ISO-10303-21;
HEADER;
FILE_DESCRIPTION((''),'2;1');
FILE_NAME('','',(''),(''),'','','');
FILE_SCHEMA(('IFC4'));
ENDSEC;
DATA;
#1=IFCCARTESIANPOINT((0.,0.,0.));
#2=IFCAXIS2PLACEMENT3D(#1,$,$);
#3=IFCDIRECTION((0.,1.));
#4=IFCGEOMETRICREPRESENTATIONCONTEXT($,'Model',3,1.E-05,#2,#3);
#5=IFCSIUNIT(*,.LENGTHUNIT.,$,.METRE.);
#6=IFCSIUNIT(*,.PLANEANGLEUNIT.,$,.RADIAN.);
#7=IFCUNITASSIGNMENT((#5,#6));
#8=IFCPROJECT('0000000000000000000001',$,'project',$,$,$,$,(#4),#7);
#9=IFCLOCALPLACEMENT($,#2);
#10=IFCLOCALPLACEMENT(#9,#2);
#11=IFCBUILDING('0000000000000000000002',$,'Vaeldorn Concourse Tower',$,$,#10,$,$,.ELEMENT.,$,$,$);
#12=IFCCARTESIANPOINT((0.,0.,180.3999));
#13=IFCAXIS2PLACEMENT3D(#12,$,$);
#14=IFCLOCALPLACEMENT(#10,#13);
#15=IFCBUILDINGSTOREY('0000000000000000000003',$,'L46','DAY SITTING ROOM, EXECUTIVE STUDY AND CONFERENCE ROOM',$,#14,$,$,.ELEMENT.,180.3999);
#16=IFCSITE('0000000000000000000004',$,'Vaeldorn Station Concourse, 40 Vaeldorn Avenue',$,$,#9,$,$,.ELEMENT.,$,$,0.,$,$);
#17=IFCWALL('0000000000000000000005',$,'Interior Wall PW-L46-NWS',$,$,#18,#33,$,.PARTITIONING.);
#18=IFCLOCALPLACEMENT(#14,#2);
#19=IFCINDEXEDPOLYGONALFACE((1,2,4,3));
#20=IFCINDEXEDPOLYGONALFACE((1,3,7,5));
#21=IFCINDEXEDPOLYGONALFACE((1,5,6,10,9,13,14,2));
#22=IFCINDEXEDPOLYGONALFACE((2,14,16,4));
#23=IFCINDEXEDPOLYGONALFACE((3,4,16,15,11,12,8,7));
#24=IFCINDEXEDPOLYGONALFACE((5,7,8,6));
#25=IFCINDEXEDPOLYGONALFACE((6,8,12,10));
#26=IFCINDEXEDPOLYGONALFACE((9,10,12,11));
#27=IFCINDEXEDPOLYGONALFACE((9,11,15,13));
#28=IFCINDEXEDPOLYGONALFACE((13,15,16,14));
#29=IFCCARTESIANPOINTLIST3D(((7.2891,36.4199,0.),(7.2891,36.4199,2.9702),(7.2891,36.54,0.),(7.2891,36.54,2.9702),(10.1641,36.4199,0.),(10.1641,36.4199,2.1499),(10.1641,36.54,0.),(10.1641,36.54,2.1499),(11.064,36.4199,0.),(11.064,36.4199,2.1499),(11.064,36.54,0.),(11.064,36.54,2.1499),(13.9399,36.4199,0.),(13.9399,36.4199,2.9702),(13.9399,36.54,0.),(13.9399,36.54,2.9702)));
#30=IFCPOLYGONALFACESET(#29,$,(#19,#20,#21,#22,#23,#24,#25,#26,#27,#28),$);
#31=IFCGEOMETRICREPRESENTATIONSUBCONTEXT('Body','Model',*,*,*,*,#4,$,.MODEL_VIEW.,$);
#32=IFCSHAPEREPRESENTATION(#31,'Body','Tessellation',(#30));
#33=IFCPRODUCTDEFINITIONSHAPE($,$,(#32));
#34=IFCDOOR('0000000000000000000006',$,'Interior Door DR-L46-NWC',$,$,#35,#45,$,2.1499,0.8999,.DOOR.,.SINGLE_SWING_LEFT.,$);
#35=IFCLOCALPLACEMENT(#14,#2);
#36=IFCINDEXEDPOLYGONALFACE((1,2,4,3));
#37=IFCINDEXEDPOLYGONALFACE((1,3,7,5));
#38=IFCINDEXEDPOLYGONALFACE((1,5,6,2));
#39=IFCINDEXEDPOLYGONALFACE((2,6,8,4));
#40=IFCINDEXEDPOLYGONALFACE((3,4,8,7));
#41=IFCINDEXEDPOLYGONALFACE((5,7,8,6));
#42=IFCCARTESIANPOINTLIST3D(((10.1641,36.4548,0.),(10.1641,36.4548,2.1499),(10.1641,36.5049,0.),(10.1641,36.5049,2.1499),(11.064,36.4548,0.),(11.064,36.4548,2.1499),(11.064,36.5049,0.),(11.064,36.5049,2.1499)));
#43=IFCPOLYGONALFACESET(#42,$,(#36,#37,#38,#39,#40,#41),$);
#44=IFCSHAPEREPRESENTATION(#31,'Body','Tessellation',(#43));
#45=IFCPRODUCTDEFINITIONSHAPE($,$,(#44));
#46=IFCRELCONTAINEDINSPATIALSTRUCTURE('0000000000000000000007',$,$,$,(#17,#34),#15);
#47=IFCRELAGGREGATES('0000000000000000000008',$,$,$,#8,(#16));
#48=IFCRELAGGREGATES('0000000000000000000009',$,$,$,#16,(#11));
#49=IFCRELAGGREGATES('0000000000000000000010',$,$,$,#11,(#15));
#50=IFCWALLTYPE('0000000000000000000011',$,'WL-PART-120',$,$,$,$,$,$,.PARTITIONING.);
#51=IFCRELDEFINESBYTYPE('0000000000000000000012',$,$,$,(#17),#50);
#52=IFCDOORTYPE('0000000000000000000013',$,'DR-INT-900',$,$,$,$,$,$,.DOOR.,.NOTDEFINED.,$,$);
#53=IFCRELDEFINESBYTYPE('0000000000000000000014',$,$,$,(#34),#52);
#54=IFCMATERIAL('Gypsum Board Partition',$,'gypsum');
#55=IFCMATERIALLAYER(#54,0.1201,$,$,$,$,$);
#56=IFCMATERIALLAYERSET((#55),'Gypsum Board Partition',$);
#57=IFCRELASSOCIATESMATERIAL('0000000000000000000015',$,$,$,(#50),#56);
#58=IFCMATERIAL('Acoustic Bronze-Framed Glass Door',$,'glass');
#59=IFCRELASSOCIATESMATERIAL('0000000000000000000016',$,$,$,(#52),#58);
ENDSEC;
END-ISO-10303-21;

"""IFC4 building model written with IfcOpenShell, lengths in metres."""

from ifc_helpers import new_model, si_unit, direction, frame, frame_2d, origin, place, context, subcontext, project, spatial, rectangle, extrude, source, transform, mapped, material, layer, layer_set, type_object, element, fill, save


model = new_model("IFC4")

# Units and contexts
model_context = context("Model", 3, precision=1e-05, world=origin(), true_north=direction((0.0, 1.0)))
body_context = subcontext(model_context, "Body", "Model", "MODEL_VIEW")
ifc_project = project(units=[si_unit("LENGTHUNIT", "METRE"), si_unit("PLANEANGLEUNIT", "RADIAN")], contexts=[model_context])

# Site, building, storey
site_placement = place(None, origin())
site = spatial("IfcSite", under=ifc_project, at=site_placement, Name="Vaeldorn Station Concourse, 40 Vaeldorn Avenue", CompositionType="ELEMENT", RefElevation=0.0)
building_placement = place(site_placement, origin())
building = spatial("IfcBuilding", under=site, at=building_placement, Name="Vaeldorn Concourse Tower", CompositionType="ELEMENT")
storey_placement = place(building_placement, frame((0.0, 0.0, 180.3999)))
storey = spatial("IfcBuildingStorey", under=building, at=storey_placement, Name="L46", Description="DAY SITTING ROOM, EXECUTIVE STUDY AND CONFERENCE ROOM", CompositionType="ELEMENT", Elevation=180.3999)

# Shared definitions
ifc_material_1 = material(Name="Gypsum Board Partition", Category="gypsum")
ifc_layer_1 = layer(ifc_material_1, 0.1201)
ifc_layer_set_1 = layer_set([ifc_layer_1], Name="Gypsum Board Partition")
wall_type_1 = type_object("IfcWallType", Name="WL-PART-120", PredefinedType="PARTITIONING", material=ifc_layer_set_1)
ifc_material_2 = material(Name="Acoustic Bronze-Framed Glass Door", Category="glass")
door_type = type_object("IfcDoorType", Name="DR-INT-900", OperationType="NOTDEFINED", PredefinedType="DOOR", material=ifc_material_2)
shared_shape_1 = source(origin(), body_context, "Body", "SweptSolid", [
    extrude(rectangle(XDim=0.8999, YDim=2.1499, at=frame_2d((0.45, 1.075))), frame((0.0, 0.0249, 0.0), z_axis=(0.0, -1.0, 0.0), x_axis=(1.0, 0.0, 0.0)), (0.0, 0.0, 1.0), 0.05),
])

# Wall, opening, door
wall_1_placement = place(storey_placement, frame((7.2891, 36.48, 0.0), z_axis=(0.0, 0.0, 1.0), x_axis=(1.0, 0.0, 0.0)))
wall_1 = element("IfcWall", 1, at=wall_1_placement, inside=storey, type_object=wall_type_1, Name="Interior Wall PW-L46-NWS", PredefinedType="PARTITIONING", context=body_context, shape_type="SweptSolid", body=[
    extrude(rectangle(XDim=6.6509, YDim=0.1201, at=frame_2d((3.3254, 0.0))), origin(), (0.0, 0.0, 1.0), 2.9702),
])
opening_1_placement = place(wall_1_placement, frame((2.875, 0.0, 0.0)))
opening_1 = element("IfcOpeningElement", 2, at=opening_1_placement, cuts=wall_1, PredefinedType="OPENING", context=body_context, shape_type="SweptSolid", body=[
    extrude(rectangle(XDim=0.8999, YDim=2.1499, at=frame_2d((0.45, 1.075))), frame((0.0, 0.0701, 0.0), z_axis=(0.0, -1.0, 0.0), x_axis=(1.0, 0.0, 0.0)), (0.0, 0.0, 1.0), 0.1401),
])
door_1_placement = place(opening_1_placement, origin())
door_1 = element("IfcDoor", 3, at=door_1_placement, inside=storey, type_object=door_type, Name="Interior Door DR-L46-NWC", OperationType="SINGLE_SWING_LEFT", OverallHeight=2.1499, OverallWidth=0.8999, PredefinedType="DOOR", context=body_context, shape_type="MappedRepresentation", body=[
    mapped(shared_shape_1, transform((0.0, 0.0, 0.0), scale=1.0)),
])
fill(opening_1, door_1)

save(model, "model.ifc")
